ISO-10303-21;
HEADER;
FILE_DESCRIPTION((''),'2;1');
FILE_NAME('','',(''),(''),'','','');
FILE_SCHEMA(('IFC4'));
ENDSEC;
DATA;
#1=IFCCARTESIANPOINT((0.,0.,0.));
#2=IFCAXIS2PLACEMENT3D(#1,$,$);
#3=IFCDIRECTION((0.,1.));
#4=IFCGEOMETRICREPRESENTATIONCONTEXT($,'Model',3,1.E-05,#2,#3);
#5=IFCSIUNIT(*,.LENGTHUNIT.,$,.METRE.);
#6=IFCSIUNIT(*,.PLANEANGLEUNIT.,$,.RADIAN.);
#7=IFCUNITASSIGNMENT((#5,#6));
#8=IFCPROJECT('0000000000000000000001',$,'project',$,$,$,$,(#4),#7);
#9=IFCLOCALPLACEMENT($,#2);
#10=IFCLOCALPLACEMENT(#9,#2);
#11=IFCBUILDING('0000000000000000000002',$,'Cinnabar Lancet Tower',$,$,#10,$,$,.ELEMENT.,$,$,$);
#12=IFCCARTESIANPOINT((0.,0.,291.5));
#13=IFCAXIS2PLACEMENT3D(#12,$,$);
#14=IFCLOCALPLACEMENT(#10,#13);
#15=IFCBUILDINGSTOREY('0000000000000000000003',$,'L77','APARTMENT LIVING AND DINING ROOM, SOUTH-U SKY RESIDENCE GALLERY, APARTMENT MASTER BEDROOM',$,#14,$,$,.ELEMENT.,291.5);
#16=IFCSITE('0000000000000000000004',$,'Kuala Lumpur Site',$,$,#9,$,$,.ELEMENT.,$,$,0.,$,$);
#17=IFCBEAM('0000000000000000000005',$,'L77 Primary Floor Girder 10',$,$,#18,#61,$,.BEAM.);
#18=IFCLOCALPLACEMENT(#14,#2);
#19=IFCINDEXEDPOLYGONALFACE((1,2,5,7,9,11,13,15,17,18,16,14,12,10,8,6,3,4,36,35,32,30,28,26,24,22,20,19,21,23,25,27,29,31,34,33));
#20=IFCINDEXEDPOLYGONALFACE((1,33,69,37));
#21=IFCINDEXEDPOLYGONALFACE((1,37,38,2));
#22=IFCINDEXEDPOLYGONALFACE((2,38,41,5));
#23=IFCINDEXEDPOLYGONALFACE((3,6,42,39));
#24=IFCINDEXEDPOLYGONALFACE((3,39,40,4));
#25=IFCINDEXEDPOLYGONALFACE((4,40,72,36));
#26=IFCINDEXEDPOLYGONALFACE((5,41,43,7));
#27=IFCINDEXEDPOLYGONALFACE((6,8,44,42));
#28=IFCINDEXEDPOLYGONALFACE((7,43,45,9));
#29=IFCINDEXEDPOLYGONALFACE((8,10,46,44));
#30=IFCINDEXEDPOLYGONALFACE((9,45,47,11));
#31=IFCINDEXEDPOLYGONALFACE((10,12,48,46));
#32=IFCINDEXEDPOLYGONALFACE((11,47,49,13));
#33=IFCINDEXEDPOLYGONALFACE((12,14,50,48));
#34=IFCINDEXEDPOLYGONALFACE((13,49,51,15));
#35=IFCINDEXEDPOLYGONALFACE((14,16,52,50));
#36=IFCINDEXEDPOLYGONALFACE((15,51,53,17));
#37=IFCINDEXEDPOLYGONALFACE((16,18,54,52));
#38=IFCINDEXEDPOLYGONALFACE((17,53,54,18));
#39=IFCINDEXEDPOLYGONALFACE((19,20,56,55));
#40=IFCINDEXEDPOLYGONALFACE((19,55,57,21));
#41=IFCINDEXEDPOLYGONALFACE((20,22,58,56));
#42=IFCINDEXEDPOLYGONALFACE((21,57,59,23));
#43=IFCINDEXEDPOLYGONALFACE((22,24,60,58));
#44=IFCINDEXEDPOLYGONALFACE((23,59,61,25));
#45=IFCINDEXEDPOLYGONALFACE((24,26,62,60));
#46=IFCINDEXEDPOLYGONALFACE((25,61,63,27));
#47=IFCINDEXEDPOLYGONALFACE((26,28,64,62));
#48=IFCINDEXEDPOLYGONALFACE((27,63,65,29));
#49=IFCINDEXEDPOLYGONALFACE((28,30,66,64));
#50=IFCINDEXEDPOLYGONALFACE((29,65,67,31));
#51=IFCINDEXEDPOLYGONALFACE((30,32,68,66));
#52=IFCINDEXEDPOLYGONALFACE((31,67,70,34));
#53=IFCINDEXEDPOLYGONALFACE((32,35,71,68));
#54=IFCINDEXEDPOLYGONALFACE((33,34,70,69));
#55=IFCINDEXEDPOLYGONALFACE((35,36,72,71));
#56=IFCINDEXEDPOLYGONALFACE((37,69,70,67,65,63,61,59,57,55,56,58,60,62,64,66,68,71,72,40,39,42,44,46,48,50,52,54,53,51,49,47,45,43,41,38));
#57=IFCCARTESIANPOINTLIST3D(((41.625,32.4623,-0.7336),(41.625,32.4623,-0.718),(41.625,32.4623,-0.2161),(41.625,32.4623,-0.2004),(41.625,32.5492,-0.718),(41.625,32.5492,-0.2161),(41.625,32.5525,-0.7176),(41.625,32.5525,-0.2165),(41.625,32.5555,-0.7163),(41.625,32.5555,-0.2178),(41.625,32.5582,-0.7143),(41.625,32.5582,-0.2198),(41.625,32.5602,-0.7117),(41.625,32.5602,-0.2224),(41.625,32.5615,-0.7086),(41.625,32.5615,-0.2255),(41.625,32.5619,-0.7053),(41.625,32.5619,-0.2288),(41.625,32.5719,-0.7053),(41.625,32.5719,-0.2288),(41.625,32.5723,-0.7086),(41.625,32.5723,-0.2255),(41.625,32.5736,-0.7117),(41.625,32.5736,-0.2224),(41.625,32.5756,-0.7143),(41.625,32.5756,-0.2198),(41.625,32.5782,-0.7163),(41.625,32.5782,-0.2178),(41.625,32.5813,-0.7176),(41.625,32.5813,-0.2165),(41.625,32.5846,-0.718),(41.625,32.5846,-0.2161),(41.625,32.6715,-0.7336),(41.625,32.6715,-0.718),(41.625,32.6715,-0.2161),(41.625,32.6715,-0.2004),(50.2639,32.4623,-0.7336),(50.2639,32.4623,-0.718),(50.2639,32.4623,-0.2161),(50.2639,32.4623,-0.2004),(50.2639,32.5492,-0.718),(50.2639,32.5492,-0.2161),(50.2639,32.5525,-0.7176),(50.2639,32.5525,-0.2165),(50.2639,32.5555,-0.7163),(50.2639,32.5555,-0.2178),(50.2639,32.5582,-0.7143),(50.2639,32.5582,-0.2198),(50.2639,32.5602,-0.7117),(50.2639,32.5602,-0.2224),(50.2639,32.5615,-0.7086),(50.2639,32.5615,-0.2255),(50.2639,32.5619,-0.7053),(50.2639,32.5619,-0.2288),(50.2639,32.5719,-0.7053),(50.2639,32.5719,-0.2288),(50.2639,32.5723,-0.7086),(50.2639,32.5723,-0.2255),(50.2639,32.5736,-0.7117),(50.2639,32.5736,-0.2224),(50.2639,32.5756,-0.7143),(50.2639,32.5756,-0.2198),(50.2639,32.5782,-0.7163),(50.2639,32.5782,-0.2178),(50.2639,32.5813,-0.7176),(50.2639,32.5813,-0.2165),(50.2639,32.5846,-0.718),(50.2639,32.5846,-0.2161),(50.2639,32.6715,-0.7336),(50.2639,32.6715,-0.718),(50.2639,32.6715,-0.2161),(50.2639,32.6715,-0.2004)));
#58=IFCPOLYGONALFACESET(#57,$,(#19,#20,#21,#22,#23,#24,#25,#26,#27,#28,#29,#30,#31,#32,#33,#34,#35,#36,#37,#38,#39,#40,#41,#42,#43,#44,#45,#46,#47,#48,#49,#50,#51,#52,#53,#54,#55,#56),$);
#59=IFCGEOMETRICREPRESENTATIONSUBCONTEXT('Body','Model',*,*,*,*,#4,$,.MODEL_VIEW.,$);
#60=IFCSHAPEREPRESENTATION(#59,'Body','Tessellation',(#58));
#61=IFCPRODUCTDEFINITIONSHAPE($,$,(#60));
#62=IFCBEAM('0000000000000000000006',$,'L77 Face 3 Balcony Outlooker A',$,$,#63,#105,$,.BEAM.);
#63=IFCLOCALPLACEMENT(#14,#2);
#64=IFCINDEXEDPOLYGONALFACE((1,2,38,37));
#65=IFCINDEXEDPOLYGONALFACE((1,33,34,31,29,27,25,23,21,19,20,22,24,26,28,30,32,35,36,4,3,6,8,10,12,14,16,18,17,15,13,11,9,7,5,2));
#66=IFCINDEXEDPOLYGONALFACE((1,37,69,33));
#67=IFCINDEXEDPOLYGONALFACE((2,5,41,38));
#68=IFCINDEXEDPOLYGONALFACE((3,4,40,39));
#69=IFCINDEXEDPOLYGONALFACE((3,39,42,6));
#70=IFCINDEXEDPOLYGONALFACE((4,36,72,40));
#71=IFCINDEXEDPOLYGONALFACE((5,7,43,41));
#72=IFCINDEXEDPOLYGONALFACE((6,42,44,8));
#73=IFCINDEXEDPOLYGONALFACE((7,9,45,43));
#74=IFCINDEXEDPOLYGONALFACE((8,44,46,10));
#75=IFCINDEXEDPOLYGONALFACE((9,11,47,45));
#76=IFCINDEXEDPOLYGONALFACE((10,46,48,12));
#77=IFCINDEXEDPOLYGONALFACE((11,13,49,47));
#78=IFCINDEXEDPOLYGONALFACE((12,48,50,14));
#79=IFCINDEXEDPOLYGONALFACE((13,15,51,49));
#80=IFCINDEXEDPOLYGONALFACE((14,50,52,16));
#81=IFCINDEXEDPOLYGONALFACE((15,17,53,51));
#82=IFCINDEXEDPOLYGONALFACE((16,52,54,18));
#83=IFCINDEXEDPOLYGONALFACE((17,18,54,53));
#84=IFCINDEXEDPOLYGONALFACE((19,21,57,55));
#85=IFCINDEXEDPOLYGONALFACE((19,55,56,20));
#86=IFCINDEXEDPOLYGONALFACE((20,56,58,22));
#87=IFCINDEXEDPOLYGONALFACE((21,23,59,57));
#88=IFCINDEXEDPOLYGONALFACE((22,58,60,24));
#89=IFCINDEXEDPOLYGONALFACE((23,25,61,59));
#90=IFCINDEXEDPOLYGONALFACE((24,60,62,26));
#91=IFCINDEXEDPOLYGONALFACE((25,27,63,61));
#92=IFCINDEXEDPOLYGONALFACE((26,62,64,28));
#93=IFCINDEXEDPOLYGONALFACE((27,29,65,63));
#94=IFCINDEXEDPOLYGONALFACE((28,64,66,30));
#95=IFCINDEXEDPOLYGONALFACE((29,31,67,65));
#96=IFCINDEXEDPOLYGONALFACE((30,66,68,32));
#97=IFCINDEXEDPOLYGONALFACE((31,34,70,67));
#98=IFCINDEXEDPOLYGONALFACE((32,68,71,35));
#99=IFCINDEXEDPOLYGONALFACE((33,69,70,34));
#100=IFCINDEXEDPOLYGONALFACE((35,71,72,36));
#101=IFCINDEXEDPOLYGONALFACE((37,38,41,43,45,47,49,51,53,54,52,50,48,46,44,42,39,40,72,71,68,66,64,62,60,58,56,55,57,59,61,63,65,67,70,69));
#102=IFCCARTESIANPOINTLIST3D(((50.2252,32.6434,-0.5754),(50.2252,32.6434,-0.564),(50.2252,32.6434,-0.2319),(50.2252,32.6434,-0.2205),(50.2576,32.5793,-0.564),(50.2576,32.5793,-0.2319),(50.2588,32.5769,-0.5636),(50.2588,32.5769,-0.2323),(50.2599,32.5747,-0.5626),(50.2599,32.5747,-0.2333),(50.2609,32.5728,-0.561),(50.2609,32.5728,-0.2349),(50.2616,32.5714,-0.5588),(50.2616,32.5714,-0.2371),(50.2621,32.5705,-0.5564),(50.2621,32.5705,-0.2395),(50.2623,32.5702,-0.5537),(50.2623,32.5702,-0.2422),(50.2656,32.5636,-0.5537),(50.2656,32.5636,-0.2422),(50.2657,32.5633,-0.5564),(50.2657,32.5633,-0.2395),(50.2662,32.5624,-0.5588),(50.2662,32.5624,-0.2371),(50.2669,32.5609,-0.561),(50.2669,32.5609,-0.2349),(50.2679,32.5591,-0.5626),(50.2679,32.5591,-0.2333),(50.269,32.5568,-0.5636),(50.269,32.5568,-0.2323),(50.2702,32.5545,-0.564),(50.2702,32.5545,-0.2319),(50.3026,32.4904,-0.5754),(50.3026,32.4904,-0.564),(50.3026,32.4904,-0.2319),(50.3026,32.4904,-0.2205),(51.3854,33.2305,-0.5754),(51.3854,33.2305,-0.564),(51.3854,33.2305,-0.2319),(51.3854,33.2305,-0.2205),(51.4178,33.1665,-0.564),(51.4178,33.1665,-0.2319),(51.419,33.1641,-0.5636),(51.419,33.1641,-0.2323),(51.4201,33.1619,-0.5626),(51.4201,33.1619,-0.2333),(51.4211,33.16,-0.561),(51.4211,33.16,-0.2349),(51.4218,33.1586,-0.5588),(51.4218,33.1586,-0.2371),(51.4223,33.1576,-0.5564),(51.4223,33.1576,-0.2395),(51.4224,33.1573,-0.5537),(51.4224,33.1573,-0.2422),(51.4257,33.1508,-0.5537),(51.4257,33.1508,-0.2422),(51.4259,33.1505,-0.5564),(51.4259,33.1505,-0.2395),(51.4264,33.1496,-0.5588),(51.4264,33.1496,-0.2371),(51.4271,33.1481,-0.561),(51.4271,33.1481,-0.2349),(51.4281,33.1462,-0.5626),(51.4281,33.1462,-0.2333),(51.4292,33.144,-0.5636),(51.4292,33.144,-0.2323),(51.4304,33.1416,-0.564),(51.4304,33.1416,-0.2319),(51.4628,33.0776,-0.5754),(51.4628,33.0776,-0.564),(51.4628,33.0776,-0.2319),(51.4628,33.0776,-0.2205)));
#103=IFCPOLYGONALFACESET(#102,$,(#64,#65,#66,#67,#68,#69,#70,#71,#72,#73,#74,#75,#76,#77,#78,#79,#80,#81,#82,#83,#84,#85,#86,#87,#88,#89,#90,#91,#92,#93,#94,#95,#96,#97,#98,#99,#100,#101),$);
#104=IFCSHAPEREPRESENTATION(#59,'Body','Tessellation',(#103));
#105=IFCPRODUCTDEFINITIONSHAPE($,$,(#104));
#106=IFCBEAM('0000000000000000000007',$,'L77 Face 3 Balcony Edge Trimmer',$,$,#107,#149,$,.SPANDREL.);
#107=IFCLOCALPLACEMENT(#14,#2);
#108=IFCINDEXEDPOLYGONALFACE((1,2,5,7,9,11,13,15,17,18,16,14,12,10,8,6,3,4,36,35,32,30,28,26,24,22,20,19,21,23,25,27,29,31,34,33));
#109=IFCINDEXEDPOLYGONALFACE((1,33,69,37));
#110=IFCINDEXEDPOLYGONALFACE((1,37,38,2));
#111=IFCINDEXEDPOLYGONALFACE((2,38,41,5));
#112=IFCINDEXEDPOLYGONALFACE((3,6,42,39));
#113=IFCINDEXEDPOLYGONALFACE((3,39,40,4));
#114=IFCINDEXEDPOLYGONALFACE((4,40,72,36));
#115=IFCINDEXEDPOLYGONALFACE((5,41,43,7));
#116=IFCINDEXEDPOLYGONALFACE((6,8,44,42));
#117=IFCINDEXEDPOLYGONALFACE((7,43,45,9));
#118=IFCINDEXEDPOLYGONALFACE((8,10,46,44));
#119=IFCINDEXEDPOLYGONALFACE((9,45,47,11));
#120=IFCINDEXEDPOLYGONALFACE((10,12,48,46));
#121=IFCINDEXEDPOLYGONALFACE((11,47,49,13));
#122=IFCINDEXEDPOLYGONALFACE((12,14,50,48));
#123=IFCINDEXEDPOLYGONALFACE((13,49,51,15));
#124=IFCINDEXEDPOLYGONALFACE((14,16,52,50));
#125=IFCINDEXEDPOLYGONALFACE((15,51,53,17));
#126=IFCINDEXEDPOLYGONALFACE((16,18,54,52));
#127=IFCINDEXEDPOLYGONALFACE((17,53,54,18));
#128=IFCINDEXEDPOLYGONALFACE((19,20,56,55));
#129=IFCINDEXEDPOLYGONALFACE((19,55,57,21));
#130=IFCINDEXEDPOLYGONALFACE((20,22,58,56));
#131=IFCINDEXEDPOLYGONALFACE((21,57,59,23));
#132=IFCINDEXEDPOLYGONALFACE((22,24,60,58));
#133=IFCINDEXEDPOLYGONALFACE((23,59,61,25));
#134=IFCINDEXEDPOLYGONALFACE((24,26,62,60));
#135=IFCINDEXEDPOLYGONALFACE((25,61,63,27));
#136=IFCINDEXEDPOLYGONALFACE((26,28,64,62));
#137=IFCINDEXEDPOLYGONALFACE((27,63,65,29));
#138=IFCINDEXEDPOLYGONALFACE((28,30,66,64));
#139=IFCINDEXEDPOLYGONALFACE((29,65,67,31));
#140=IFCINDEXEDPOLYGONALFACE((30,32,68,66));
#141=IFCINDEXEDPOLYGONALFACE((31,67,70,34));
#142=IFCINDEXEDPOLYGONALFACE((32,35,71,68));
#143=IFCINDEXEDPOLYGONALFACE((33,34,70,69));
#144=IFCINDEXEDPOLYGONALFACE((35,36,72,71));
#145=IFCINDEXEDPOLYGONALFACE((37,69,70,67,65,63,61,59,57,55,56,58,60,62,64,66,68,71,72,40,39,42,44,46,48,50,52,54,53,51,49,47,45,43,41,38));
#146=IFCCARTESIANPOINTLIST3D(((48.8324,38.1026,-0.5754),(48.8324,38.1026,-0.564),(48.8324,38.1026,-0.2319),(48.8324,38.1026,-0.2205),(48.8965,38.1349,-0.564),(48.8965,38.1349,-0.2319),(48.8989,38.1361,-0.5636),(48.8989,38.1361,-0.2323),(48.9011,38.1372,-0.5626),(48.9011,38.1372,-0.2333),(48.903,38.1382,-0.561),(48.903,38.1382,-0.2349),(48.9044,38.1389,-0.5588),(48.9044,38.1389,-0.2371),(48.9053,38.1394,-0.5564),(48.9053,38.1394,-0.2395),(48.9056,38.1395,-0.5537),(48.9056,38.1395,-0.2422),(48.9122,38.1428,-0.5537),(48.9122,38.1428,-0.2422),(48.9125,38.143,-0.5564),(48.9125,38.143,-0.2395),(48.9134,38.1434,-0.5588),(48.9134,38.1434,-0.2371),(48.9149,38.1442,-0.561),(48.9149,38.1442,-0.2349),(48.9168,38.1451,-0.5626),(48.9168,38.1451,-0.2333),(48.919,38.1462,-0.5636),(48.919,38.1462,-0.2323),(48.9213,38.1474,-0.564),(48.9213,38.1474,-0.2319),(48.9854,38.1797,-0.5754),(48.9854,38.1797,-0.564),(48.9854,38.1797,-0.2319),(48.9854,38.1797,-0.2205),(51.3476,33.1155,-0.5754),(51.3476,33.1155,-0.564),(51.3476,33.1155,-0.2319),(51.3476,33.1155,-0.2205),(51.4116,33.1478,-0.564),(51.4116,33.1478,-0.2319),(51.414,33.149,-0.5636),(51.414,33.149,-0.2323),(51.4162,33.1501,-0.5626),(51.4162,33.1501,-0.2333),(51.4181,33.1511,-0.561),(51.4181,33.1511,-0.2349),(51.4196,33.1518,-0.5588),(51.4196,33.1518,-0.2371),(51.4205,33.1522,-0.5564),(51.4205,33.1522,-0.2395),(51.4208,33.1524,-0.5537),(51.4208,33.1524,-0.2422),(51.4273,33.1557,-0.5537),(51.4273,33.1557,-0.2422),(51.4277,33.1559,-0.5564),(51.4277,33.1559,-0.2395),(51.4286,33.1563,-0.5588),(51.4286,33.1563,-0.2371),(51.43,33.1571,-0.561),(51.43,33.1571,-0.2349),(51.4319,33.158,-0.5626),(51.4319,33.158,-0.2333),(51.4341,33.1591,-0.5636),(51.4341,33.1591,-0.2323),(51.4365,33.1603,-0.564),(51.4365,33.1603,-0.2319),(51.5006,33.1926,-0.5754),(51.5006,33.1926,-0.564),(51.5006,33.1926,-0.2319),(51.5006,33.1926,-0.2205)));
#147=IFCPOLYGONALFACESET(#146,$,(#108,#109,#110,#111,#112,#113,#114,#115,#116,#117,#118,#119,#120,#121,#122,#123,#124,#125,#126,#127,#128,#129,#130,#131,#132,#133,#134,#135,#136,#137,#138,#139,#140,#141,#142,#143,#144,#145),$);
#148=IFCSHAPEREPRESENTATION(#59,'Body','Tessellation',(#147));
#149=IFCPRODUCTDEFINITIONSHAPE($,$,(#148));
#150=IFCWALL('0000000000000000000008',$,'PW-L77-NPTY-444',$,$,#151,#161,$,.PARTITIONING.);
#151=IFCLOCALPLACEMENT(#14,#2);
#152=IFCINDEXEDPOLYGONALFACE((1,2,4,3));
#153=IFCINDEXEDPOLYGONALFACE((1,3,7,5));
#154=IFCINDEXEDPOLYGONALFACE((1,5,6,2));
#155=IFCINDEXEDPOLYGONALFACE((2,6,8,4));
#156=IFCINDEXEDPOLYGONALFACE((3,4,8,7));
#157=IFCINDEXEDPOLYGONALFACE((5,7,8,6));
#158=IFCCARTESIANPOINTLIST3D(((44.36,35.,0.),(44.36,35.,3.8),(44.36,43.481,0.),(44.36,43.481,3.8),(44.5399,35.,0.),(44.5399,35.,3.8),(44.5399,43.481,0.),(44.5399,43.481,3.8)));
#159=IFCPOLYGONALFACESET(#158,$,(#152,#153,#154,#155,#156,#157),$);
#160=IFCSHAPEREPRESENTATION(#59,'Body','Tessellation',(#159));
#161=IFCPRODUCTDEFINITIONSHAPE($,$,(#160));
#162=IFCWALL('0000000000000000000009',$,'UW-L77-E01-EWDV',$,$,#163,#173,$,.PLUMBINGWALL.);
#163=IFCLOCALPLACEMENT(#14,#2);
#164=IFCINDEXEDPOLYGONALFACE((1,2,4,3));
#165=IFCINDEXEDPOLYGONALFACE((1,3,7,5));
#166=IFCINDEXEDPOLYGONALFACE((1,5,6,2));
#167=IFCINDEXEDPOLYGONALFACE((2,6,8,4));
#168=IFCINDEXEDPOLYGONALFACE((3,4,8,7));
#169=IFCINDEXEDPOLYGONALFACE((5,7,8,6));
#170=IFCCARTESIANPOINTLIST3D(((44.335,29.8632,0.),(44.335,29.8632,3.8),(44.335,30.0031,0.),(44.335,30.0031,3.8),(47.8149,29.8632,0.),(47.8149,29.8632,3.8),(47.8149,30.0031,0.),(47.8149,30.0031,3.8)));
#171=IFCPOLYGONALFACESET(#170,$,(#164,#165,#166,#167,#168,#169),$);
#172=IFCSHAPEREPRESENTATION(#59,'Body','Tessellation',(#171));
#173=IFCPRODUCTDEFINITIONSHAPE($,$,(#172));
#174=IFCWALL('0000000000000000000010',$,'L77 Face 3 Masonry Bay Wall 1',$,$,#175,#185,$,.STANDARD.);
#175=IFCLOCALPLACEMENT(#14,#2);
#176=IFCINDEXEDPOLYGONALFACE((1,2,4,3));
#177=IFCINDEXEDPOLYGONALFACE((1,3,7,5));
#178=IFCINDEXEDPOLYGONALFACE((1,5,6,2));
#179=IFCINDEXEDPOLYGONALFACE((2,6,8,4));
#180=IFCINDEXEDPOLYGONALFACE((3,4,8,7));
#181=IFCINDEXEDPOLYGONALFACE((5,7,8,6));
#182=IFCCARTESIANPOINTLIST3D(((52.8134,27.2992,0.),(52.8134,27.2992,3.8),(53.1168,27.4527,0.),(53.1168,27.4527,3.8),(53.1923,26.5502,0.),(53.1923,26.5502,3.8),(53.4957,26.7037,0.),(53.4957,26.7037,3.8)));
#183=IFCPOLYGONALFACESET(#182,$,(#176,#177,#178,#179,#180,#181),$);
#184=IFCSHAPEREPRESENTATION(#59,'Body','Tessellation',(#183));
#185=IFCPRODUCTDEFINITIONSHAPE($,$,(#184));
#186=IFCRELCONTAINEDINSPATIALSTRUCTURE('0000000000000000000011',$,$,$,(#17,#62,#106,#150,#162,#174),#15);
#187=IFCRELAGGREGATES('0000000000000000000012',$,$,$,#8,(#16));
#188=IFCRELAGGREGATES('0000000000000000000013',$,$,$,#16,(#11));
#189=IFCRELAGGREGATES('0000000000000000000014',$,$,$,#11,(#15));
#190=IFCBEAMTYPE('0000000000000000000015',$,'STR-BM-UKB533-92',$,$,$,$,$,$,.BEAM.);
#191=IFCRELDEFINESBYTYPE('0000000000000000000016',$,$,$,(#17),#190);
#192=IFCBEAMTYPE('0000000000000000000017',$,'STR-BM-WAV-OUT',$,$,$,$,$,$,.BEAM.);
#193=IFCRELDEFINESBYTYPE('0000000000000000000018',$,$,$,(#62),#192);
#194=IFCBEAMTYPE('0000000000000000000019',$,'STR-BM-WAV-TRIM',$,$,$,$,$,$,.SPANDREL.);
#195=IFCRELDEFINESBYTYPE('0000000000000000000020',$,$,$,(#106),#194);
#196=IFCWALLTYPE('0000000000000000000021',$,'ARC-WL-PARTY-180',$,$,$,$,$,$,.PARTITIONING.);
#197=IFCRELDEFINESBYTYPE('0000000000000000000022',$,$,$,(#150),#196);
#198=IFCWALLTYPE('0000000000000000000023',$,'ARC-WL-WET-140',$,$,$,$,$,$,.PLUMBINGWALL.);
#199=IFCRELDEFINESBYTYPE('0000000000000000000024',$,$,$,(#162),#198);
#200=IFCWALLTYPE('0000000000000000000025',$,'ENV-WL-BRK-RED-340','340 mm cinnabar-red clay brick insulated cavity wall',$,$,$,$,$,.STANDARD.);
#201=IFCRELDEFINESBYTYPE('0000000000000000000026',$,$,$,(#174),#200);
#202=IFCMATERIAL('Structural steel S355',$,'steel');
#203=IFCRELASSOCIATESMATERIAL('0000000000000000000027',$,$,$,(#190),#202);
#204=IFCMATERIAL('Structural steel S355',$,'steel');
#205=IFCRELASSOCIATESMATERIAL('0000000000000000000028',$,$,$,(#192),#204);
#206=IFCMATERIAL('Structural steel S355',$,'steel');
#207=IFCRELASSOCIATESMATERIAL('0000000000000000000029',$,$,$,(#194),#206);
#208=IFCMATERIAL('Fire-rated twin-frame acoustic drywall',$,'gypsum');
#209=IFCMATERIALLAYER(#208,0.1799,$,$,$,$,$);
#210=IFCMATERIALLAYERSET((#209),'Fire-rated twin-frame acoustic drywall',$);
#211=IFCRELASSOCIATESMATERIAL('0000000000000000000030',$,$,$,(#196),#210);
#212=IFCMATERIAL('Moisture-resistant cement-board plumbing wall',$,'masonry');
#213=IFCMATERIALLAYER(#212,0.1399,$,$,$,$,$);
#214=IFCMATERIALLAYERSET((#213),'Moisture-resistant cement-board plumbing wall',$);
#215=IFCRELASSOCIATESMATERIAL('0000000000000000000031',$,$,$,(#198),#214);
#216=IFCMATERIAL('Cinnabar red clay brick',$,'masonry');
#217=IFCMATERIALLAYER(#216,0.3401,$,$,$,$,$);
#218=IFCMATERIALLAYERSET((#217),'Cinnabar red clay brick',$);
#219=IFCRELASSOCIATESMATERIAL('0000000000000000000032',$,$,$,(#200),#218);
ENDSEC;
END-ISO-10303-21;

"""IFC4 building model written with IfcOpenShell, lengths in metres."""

from ifc_helpers import new_model, si_unit, direction, frame, frame_2d, origin, origin_2d, place, context, subcontext, project, spatial, rectangle, i_section, extrude, material, layer, layer_set, material_profile, profile_set, type_object, element, save


model = new_model("IFC4")

# Units and contexts
model_context = context("Model", 3, precision=1e-05, world=origin(), true_north=direction((0.0, 1.0)))
body_context = subcontext(model_context, "Body", "Model", "MODEL_VIEW")
ifc_project = project(units=[si_unit("LENGTHUNIT", "METRE"), si_unit("PLANEANGLEUNIT", "RADIAN")], contexts=[model_context])

# Site, building, storey
site_placement = place(None, origin())
site = spatial("IfcSite", under=ifc_project, at=site_placement, Name="Kuala Lumpur Site", CompositionType="ELEMENT", RefElevation=0.0)
building_placement = place(site_placement, origin())
building = spatial("IfcBuilding", under=site, at=building_placement, Name="Cinnabar Lancet Tower", CompositionType="ELEMENT")
storey_placement = place(building_placement, frame((0.0, 0.0, 291.5)))
storey = spatial("IfcBuildingStorey", under=building, at=storey_placement, Name="L77", Description="APARTMENT LIVING AND DINING ROOM, SOUTH-U SKY RESIDENCE GALLERY, APARTMENT MASTER BEDROOM", CompositionType="ELEMENT", Elevation=291.5)

# Beams
ifc_material_1 = material(Name="Structural steel S355", Category="steel")
ifc_material_profile_1 = material_profile(ifc_material_1, i_section(OverallWidth=0.2092, OverallDepth=0.5332, WebThickness=0.01, FlangeThickness=0.0156, FilletRadius=0.0127, at=origin_2d()), Name="UKB 533x210x92")
ifc_profile_set_1 = profile_set([ifc_material_profile_1], Name="Structural steel S355")
beam_type_1 = type_object("IfcBeamType", Name="STR-BM-UKB533-92", PredefinedType="BEAM", material=ifc_profile_set_1)
beam_1_placement = place(storey_placement, frame((50.2639, 32.5669, -0.467), z_axis=(-1.0, 0.0, 0.0), x_axis=(0.0, -1.0, 0.0)))
element("IfcBeam", 1, at=beam_1_placement, inside=storey, type_object=beam_type_1, Name="L77 Primary Floor Girder 10", PredefinedType="BEAM", context=body_context, shape_type="SweptSolid", body=[
    extrude(i_section(OverallWidth=0.2092, OverallDepth=0.5332, WebThickness=0.01, FlangeThickness=0.0156, FilletRadius=0.0127, at=origin_2d()), origin(), (0.0, 0.0, 1.0), 8.6389),
])
ifc_material_2 = material(Name="Structural steel S355", Category="steel")
ifc_material_profile_2 = material_profile(ifc_material_2, i_section(OverallWidth=0.1714, OverallDepth=0.355, WebThickness=0.0073, FlangeThickness=0.0115, FilletRadius=0.0103, at=origin_2d()), Name="UKB 356x171x51")
ifc_profile_set_2 = profile_set([ifc_material_profile_2], Name="Structural steel S355")
beam_type_2 = type_object("IfcBeamType", Name="STR-BM-WAV-OUT", PredefinedType="BEAM", material=ifc_profile_set_2)
beam_2_placement = place(storey_placement, frame((50.2639, 32.5669, -0.3979), z_axis=(0.892239, 0.451564, 0.0), x_axis=(-0.451564, 0.892239, 0.0)))
element("IfcBeam", 2, at=beam_2_placement, inside=storey, type_object=beam_type_2, Name="L77 Face 3 Balcony Outlooker A", PredefinedType="BEAM", context=body_context, shape_type="SweptSolid", body=[
    extrude(i_section(OverallWidth=0.1714, OverallDepth=0.355, WebThickness=0.0073, FlangeThickness=0.0115, FilletRadius=0.0103, at=origin_2d()), origin(), (0.0, 0.0, 1.0), 1.3003),
])
ifc_material_3 = material(Name="Structural steel S355", Category="steel")
ifc_material_profile_3 = material_profile(ifc_material_3, i_section(OverallWidth=0.1714, OverallDepth=0.355, WebThickness=0.0073, FlangeThickness=0.0115, FilletRadius=0.0103, at=origin_2d()), Name="UKB 356x171x51")
ifc_profile_set_3 = profile_set([ifc_material_profile_3], Name="Structural steel S355")
beam_type_3 = type_object("IfcBeamType", Name="STR-BM-WAV-TRIM", PredefinedType="SPANDREL", material=ifc_profile_set_3)
beam_3_placement = place(storey_placement, frame((51.4241, 33.1541, -0.3979), z_axis=(-0.450306, 0.892874, 0.0), x_axis=(-0.892874, -0.450306, 0.0)))
element("IfcBeam", 3, at=beam_3_placement, inside=storey, type_object=beam_type_3, Name="L77 Face 3 Balcony Edge Trimmer", PredefinedType="SPANDREL", context=body_context, shape_type="SweptSolid", body=[
    extrude(i_section(OverallWidth=0.1714, OverallDepth=0.355, WebThickness=0.0073, FlangeThickness=0.0115, FilletRadius=0.0103, at=origin_2d()), origin(), (0.0, 0.0, 1.0), 5.5854),
])

# Walls
ifc_material_4 = material(Name="Fire-rated twin-frame acoustic drywall", Category="gypsum")
ifc_layer_1 = layer(ifc_material_4, 0.1799)
ifc_layer_set_1 = layer_set([ifc_layer_1], Name="Fire-rated twin-frame acoustic drywall")
wall_type_1 = type_object("IfcWallType", Name="ARC-WL-PARTY-180", PredefinedType="PARTITIONING", material=ifc_layer_set_1)
wall_1_placement = place(storey_placement, frame((44.45, 35.0, 0.0), z_axis=(0.0, 0.0, 1.0), x_axis=(0.0, 1.0, 0.0)))
element("IfcWall", 4, at=wall_1_placement, inside=storey, type_object=wall_type_1, Name="PW-L77-NPTY-444", PredefinedType="PARTITIONING", context=body_context, shape_type="SweptSolid", body=[
    extrude(rectangle(XDim=8.481, YDim=0.1799, at=frame_2d((4.2405, 0.0))), origin(), (0.0, 0.0, 1.0), 3.8),
])
ifc_material_5 = material(Name="Moisture-resistant cement-board plumbing wall", Category="masonry")
ifc_layer_2 = layer(ifc_material_5, 0.1399)
ifc_layer_set_2 = layer_set([ifc_layer_2], Name="Moisture-resistant cement-board plumbing wall")
wall_type_2 = type_object("IfcWallType", Name="ARC-WL-WET-140", PredefinedType="PLUMBINGWALL", material=ifc_layer_set_2)
wall_2_placement = place(storey_placement, frame((44.335, 29.9331, 0.0), z_axis=(0.0, 0.0, 1.0), x_axis=(1.0, 0.0, 0.0)))
element("IfcWall", 5, at=wall_2_placement, inside=storey, type_object=wall_type_2, Name="UW-L77-E01-EWDV", PredefinedType="PLUMBINGWALL", context=body_context, shape_type="SweptSolid", body=[
    extrude(rectangle(XDim=3.48, YDim=0.1399, at=frame_2d((1.74, 0.0))), origin(), (0.0, 0.0, 1.0), 3.8),
])
ifc_material_6 = material(Name="Cinnabar red clay brick", Category="masonry")
ifc_layer_3 = layer(ifc_material_6, 0.3401)
ifc_layer_set_3 = layer_set([ifc_layer_3], Name="Cinnabar red clay brick")
wall_type_3 = type_object("IfcWallType", Name="ENV-WL-BRK-RED-340", Description="340 mm cinnabar-red clay brick insulated cavity wall", PredefinedType="STANDARD", material=ifc_layer_set_3)
wall_3_placement = place(storey_placement, frame((53.344, 26.627, 0.0), z_axis=(0.0, 0.0, 1.0), x_axis=(-0.451397, 0.892323, 0.0)))
element("IfcWall", 6, at=wall_3_placement, inside=storey, type_object=wall_type_3, Name="L77 Face 3 Masonry Bay Wall 1", PredefinedType="STANDARD", context=body_context, shape_type="SweptSolid", body=[
    extrude(rectangle(XDim=0.8394, YDim=0.3401, at=frame_2d((0.4197, 0.0))), origin(), (0.0, 0.0, 1.0), 3.8),
])

save(model, "model.ifc")
